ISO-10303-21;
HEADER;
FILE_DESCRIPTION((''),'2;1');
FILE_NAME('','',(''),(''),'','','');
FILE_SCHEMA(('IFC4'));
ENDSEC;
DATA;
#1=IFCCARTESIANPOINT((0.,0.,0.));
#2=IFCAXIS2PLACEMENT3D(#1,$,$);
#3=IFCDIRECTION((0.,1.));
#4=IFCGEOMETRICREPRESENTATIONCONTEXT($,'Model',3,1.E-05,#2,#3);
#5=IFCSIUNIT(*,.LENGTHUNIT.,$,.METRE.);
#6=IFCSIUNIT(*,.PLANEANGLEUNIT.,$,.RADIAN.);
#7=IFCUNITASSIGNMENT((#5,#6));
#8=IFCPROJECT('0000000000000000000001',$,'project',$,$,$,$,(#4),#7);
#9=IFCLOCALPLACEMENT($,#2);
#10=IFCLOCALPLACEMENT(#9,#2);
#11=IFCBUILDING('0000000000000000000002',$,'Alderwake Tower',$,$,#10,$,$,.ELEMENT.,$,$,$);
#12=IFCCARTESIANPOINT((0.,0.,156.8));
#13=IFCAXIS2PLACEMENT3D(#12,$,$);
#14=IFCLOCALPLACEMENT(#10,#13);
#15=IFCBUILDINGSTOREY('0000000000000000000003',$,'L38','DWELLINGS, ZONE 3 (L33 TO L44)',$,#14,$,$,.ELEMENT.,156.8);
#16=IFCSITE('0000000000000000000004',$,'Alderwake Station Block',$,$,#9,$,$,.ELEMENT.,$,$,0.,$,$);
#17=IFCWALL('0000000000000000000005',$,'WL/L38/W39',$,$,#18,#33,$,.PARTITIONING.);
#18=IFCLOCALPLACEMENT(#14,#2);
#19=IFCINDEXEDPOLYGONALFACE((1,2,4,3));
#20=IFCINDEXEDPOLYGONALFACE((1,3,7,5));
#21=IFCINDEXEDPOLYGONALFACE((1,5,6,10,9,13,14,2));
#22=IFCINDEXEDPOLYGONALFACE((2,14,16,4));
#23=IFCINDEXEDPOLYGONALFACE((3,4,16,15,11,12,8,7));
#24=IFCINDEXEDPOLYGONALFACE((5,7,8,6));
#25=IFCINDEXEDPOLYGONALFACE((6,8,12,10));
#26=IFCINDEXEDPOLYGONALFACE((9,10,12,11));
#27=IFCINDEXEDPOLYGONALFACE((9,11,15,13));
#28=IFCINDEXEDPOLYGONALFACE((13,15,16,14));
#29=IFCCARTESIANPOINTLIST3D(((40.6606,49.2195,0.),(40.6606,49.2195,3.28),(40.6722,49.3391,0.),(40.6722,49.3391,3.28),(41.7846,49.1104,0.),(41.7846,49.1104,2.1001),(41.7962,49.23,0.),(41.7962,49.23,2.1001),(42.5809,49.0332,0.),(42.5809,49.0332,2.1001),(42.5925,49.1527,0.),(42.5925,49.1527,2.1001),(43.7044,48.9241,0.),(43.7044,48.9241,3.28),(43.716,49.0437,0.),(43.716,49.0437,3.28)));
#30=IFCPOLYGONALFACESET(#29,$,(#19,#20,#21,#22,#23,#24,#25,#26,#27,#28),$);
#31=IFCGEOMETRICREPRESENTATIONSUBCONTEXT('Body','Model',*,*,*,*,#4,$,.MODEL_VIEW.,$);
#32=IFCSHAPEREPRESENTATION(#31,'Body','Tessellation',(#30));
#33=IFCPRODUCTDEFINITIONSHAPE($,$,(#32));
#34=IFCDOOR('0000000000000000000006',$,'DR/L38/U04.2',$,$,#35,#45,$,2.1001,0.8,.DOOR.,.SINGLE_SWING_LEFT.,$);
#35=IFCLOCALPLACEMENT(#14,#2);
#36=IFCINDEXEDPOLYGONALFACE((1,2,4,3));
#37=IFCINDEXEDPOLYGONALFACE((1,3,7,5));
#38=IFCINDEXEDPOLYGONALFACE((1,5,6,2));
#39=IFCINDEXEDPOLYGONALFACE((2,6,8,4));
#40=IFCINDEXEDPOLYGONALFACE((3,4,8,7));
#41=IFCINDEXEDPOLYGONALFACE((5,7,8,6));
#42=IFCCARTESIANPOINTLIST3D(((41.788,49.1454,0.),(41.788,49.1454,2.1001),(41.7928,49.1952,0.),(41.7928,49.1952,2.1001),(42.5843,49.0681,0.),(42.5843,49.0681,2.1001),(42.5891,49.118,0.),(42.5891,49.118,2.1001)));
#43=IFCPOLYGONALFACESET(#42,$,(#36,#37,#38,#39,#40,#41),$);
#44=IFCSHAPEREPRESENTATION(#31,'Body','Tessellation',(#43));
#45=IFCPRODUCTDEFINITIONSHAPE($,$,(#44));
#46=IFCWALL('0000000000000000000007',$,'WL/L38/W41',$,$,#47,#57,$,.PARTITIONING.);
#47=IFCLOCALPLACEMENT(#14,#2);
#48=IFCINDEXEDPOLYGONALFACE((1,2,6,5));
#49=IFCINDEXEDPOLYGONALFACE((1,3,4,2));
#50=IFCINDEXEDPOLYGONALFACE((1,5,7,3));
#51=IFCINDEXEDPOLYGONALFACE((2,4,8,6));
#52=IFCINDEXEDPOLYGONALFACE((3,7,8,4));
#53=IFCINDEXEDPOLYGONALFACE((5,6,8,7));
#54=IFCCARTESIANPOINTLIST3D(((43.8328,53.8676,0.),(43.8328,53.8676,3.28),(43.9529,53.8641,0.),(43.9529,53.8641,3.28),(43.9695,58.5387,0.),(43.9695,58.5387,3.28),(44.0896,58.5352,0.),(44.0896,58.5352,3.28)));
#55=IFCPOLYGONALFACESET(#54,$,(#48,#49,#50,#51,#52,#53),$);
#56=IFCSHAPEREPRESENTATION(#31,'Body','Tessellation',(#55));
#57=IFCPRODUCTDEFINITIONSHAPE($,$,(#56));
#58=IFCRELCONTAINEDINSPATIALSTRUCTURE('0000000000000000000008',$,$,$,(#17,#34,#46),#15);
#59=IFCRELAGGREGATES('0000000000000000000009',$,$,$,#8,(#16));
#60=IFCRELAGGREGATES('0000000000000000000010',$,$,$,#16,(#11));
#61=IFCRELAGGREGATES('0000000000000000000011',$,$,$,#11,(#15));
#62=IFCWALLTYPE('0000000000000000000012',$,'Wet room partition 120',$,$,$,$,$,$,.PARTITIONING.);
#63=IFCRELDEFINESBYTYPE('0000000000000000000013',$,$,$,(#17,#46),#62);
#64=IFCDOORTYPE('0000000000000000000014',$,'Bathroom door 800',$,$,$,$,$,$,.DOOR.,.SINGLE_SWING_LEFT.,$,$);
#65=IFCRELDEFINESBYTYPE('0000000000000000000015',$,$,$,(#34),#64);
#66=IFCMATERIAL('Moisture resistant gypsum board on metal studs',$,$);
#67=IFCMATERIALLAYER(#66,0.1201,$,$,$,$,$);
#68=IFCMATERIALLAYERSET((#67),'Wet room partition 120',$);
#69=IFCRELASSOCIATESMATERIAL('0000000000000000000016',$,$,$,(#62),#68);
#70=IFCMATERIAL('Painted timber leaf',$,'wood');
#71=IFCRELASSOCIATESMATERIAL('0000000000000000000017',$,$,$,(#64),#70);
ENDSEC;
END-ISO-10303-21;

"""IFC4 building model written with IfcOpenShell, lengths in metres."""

from ifc_helpers import new_model, si_unit, direction, frame, frame_2d, origin, place, context, subcontext, project, spatial, rectangle, extrude, material, layer, layer_set, type_object, element, fill, save


model = new_model("IFC4")

# Units and contexts
model_context = context("Model", 3, precision=1e-05, world=origin(), true_north=direction((0.0, 1.0)))
body_context = subcontext(model_context, "Body", "Model", "MODEL_VIEW")
ifc_project = project(units=[si_unit("LENGTHUNIT", "METRE"), si_unit("PLANEANGLEUNIT", "RADIAN")], contexts=[model_context])

# Site, building, storey
site_placement = place(None, origin())
site = spatial("IfcSite", under=ifc_project, at=site_placement, Name="Alderwake Station Block", CompositionType="ELEMENT", RefElevation=0.0)
building_placement = place(site_placement, origin())
building = spatial("IfcBuilding", under=site, at=building_placement, Name="Alderwake Tower", CompositionType="ELEMENT")
storey_placement = place(building_placement, frame((0.0, 0.0, 156.8)))
storey = spatial("IfcBuildingStorey", under=building, at=storey_placement, Name="L38", Description="DWELLINGS, ZONE 3 (L33 TO L44)", CompositionType="ELEMENT", Elevation=156.8)

# Shared definitions
ifc_material_1 = material(Name="Moisture resistant gypsum board on metal studs")
ifc_layer_1 = layer(ifc_material_1, 0.1201)
ifc_layer_set_1 = layer_set([ifc_layer_1], Name="Wet room partition 120")
wall_type_1 = type_object("IfcWallType", Name="Wet room partition 120", PredefinedType="PARTITIONING", material=ifc_layer_set_1)

# Wall, opening, door
wall_1_placement = place(storey_placement, frame((43.7102, 48.9839, 0.0), z_axis=(0.0, 0.0, 1.0), x_axis=(-0.995323, 0.096602, 0.0)))
wall_1 = element("IfcWall", 1, at=wall_1_placement, inside=storey, type_object=wall_type_1, Name="WL/L38/W39", PredefinedType="PARTITIONING", context=body_context, shape_type="SweptSolid", body=[
    extrude(rectangle(XDim=3.0581, YDim=0.1201, at=frame_2d((1.5291, 0.0))), origin(), (0.0, 0.0, 1.0), 3.28),
])
opening_1_placement = place(wall_1_placement, frame((1.1289, 0.0, 0.0)))
opening_1 = element("IfcOpeningElement", 2, at=opening_1_placement, cuts=wall_1, PredefinedType="OPENING", context=body_context, shape_type="SweptSolid", body=[
    extrude(rectangle(XDim=0.8, YDim=2.1001, at=frame_2d((0.3999, 1.05))), frame((0.0, 0.0701, 0.0), z_axis=(0.0, -1.0, 0.0), x_axis=(1.0, 0.0, 0.0)), (0.0, 0.0, 1.0), 0.1401),
])
ifc_material_2 = material(Name="Painted timber leaf", Category="wood")
door_type_1 = type_object("IfcDoorType", Name="Bathroom door 800", OperationType="SINGLE_SWING_LEFT", PredefinedType="DOOR", material=ifc_material_2)
door_1_placement = place(opening_1_placement, origin())
door_1 = element("IfcDoor", 3, at=door_1_placement, inside=storey, type_object=door_type_1, Name="DR/L38/U04.2", OperationType="SINGLE_SWING_LEFT", OverallHeight=2.1001, OverallWidth=0.8, PredefinedType="DOOR", context=body_context, shape_type="SweptSolid", body=[
    extrude(rectangle(XDim=0.8, YDim=2.1001, at=frame_2d((0.3999, 1.05))), frame((0.0, 0.0249, 0.0), z_axis=(0.0, -1.0, 0.0), x_axis=(1.0, 0.0, 0.0)), (0.0, 0.0, 1.0), 0.05),
])
fill(opening_1, door_1)

# Wall
wall_2_placement = place(storey_placement, frame((43.8928, 53.866, 0.0), z_axis=(0.0, 0.0, 1.0), x_axis=(0.029256, 0.999572, 0.0)))
element("IfcWall", 4, at=wall_2_placement, inside=storey, type_object=wall_type_1, Name="WL/L38/W41", PredefinedType="PARTITIONING", context=body_context, shape_type="SweptSolid", body=[
    extrude(rectangle(XDim=4.6731, YDim=0.1201, at=frame_2d((2.3364, 0.0))), origin(), (0.0, 0.0, 1.0), 3.28),
])

save(model, "model.ifc")
